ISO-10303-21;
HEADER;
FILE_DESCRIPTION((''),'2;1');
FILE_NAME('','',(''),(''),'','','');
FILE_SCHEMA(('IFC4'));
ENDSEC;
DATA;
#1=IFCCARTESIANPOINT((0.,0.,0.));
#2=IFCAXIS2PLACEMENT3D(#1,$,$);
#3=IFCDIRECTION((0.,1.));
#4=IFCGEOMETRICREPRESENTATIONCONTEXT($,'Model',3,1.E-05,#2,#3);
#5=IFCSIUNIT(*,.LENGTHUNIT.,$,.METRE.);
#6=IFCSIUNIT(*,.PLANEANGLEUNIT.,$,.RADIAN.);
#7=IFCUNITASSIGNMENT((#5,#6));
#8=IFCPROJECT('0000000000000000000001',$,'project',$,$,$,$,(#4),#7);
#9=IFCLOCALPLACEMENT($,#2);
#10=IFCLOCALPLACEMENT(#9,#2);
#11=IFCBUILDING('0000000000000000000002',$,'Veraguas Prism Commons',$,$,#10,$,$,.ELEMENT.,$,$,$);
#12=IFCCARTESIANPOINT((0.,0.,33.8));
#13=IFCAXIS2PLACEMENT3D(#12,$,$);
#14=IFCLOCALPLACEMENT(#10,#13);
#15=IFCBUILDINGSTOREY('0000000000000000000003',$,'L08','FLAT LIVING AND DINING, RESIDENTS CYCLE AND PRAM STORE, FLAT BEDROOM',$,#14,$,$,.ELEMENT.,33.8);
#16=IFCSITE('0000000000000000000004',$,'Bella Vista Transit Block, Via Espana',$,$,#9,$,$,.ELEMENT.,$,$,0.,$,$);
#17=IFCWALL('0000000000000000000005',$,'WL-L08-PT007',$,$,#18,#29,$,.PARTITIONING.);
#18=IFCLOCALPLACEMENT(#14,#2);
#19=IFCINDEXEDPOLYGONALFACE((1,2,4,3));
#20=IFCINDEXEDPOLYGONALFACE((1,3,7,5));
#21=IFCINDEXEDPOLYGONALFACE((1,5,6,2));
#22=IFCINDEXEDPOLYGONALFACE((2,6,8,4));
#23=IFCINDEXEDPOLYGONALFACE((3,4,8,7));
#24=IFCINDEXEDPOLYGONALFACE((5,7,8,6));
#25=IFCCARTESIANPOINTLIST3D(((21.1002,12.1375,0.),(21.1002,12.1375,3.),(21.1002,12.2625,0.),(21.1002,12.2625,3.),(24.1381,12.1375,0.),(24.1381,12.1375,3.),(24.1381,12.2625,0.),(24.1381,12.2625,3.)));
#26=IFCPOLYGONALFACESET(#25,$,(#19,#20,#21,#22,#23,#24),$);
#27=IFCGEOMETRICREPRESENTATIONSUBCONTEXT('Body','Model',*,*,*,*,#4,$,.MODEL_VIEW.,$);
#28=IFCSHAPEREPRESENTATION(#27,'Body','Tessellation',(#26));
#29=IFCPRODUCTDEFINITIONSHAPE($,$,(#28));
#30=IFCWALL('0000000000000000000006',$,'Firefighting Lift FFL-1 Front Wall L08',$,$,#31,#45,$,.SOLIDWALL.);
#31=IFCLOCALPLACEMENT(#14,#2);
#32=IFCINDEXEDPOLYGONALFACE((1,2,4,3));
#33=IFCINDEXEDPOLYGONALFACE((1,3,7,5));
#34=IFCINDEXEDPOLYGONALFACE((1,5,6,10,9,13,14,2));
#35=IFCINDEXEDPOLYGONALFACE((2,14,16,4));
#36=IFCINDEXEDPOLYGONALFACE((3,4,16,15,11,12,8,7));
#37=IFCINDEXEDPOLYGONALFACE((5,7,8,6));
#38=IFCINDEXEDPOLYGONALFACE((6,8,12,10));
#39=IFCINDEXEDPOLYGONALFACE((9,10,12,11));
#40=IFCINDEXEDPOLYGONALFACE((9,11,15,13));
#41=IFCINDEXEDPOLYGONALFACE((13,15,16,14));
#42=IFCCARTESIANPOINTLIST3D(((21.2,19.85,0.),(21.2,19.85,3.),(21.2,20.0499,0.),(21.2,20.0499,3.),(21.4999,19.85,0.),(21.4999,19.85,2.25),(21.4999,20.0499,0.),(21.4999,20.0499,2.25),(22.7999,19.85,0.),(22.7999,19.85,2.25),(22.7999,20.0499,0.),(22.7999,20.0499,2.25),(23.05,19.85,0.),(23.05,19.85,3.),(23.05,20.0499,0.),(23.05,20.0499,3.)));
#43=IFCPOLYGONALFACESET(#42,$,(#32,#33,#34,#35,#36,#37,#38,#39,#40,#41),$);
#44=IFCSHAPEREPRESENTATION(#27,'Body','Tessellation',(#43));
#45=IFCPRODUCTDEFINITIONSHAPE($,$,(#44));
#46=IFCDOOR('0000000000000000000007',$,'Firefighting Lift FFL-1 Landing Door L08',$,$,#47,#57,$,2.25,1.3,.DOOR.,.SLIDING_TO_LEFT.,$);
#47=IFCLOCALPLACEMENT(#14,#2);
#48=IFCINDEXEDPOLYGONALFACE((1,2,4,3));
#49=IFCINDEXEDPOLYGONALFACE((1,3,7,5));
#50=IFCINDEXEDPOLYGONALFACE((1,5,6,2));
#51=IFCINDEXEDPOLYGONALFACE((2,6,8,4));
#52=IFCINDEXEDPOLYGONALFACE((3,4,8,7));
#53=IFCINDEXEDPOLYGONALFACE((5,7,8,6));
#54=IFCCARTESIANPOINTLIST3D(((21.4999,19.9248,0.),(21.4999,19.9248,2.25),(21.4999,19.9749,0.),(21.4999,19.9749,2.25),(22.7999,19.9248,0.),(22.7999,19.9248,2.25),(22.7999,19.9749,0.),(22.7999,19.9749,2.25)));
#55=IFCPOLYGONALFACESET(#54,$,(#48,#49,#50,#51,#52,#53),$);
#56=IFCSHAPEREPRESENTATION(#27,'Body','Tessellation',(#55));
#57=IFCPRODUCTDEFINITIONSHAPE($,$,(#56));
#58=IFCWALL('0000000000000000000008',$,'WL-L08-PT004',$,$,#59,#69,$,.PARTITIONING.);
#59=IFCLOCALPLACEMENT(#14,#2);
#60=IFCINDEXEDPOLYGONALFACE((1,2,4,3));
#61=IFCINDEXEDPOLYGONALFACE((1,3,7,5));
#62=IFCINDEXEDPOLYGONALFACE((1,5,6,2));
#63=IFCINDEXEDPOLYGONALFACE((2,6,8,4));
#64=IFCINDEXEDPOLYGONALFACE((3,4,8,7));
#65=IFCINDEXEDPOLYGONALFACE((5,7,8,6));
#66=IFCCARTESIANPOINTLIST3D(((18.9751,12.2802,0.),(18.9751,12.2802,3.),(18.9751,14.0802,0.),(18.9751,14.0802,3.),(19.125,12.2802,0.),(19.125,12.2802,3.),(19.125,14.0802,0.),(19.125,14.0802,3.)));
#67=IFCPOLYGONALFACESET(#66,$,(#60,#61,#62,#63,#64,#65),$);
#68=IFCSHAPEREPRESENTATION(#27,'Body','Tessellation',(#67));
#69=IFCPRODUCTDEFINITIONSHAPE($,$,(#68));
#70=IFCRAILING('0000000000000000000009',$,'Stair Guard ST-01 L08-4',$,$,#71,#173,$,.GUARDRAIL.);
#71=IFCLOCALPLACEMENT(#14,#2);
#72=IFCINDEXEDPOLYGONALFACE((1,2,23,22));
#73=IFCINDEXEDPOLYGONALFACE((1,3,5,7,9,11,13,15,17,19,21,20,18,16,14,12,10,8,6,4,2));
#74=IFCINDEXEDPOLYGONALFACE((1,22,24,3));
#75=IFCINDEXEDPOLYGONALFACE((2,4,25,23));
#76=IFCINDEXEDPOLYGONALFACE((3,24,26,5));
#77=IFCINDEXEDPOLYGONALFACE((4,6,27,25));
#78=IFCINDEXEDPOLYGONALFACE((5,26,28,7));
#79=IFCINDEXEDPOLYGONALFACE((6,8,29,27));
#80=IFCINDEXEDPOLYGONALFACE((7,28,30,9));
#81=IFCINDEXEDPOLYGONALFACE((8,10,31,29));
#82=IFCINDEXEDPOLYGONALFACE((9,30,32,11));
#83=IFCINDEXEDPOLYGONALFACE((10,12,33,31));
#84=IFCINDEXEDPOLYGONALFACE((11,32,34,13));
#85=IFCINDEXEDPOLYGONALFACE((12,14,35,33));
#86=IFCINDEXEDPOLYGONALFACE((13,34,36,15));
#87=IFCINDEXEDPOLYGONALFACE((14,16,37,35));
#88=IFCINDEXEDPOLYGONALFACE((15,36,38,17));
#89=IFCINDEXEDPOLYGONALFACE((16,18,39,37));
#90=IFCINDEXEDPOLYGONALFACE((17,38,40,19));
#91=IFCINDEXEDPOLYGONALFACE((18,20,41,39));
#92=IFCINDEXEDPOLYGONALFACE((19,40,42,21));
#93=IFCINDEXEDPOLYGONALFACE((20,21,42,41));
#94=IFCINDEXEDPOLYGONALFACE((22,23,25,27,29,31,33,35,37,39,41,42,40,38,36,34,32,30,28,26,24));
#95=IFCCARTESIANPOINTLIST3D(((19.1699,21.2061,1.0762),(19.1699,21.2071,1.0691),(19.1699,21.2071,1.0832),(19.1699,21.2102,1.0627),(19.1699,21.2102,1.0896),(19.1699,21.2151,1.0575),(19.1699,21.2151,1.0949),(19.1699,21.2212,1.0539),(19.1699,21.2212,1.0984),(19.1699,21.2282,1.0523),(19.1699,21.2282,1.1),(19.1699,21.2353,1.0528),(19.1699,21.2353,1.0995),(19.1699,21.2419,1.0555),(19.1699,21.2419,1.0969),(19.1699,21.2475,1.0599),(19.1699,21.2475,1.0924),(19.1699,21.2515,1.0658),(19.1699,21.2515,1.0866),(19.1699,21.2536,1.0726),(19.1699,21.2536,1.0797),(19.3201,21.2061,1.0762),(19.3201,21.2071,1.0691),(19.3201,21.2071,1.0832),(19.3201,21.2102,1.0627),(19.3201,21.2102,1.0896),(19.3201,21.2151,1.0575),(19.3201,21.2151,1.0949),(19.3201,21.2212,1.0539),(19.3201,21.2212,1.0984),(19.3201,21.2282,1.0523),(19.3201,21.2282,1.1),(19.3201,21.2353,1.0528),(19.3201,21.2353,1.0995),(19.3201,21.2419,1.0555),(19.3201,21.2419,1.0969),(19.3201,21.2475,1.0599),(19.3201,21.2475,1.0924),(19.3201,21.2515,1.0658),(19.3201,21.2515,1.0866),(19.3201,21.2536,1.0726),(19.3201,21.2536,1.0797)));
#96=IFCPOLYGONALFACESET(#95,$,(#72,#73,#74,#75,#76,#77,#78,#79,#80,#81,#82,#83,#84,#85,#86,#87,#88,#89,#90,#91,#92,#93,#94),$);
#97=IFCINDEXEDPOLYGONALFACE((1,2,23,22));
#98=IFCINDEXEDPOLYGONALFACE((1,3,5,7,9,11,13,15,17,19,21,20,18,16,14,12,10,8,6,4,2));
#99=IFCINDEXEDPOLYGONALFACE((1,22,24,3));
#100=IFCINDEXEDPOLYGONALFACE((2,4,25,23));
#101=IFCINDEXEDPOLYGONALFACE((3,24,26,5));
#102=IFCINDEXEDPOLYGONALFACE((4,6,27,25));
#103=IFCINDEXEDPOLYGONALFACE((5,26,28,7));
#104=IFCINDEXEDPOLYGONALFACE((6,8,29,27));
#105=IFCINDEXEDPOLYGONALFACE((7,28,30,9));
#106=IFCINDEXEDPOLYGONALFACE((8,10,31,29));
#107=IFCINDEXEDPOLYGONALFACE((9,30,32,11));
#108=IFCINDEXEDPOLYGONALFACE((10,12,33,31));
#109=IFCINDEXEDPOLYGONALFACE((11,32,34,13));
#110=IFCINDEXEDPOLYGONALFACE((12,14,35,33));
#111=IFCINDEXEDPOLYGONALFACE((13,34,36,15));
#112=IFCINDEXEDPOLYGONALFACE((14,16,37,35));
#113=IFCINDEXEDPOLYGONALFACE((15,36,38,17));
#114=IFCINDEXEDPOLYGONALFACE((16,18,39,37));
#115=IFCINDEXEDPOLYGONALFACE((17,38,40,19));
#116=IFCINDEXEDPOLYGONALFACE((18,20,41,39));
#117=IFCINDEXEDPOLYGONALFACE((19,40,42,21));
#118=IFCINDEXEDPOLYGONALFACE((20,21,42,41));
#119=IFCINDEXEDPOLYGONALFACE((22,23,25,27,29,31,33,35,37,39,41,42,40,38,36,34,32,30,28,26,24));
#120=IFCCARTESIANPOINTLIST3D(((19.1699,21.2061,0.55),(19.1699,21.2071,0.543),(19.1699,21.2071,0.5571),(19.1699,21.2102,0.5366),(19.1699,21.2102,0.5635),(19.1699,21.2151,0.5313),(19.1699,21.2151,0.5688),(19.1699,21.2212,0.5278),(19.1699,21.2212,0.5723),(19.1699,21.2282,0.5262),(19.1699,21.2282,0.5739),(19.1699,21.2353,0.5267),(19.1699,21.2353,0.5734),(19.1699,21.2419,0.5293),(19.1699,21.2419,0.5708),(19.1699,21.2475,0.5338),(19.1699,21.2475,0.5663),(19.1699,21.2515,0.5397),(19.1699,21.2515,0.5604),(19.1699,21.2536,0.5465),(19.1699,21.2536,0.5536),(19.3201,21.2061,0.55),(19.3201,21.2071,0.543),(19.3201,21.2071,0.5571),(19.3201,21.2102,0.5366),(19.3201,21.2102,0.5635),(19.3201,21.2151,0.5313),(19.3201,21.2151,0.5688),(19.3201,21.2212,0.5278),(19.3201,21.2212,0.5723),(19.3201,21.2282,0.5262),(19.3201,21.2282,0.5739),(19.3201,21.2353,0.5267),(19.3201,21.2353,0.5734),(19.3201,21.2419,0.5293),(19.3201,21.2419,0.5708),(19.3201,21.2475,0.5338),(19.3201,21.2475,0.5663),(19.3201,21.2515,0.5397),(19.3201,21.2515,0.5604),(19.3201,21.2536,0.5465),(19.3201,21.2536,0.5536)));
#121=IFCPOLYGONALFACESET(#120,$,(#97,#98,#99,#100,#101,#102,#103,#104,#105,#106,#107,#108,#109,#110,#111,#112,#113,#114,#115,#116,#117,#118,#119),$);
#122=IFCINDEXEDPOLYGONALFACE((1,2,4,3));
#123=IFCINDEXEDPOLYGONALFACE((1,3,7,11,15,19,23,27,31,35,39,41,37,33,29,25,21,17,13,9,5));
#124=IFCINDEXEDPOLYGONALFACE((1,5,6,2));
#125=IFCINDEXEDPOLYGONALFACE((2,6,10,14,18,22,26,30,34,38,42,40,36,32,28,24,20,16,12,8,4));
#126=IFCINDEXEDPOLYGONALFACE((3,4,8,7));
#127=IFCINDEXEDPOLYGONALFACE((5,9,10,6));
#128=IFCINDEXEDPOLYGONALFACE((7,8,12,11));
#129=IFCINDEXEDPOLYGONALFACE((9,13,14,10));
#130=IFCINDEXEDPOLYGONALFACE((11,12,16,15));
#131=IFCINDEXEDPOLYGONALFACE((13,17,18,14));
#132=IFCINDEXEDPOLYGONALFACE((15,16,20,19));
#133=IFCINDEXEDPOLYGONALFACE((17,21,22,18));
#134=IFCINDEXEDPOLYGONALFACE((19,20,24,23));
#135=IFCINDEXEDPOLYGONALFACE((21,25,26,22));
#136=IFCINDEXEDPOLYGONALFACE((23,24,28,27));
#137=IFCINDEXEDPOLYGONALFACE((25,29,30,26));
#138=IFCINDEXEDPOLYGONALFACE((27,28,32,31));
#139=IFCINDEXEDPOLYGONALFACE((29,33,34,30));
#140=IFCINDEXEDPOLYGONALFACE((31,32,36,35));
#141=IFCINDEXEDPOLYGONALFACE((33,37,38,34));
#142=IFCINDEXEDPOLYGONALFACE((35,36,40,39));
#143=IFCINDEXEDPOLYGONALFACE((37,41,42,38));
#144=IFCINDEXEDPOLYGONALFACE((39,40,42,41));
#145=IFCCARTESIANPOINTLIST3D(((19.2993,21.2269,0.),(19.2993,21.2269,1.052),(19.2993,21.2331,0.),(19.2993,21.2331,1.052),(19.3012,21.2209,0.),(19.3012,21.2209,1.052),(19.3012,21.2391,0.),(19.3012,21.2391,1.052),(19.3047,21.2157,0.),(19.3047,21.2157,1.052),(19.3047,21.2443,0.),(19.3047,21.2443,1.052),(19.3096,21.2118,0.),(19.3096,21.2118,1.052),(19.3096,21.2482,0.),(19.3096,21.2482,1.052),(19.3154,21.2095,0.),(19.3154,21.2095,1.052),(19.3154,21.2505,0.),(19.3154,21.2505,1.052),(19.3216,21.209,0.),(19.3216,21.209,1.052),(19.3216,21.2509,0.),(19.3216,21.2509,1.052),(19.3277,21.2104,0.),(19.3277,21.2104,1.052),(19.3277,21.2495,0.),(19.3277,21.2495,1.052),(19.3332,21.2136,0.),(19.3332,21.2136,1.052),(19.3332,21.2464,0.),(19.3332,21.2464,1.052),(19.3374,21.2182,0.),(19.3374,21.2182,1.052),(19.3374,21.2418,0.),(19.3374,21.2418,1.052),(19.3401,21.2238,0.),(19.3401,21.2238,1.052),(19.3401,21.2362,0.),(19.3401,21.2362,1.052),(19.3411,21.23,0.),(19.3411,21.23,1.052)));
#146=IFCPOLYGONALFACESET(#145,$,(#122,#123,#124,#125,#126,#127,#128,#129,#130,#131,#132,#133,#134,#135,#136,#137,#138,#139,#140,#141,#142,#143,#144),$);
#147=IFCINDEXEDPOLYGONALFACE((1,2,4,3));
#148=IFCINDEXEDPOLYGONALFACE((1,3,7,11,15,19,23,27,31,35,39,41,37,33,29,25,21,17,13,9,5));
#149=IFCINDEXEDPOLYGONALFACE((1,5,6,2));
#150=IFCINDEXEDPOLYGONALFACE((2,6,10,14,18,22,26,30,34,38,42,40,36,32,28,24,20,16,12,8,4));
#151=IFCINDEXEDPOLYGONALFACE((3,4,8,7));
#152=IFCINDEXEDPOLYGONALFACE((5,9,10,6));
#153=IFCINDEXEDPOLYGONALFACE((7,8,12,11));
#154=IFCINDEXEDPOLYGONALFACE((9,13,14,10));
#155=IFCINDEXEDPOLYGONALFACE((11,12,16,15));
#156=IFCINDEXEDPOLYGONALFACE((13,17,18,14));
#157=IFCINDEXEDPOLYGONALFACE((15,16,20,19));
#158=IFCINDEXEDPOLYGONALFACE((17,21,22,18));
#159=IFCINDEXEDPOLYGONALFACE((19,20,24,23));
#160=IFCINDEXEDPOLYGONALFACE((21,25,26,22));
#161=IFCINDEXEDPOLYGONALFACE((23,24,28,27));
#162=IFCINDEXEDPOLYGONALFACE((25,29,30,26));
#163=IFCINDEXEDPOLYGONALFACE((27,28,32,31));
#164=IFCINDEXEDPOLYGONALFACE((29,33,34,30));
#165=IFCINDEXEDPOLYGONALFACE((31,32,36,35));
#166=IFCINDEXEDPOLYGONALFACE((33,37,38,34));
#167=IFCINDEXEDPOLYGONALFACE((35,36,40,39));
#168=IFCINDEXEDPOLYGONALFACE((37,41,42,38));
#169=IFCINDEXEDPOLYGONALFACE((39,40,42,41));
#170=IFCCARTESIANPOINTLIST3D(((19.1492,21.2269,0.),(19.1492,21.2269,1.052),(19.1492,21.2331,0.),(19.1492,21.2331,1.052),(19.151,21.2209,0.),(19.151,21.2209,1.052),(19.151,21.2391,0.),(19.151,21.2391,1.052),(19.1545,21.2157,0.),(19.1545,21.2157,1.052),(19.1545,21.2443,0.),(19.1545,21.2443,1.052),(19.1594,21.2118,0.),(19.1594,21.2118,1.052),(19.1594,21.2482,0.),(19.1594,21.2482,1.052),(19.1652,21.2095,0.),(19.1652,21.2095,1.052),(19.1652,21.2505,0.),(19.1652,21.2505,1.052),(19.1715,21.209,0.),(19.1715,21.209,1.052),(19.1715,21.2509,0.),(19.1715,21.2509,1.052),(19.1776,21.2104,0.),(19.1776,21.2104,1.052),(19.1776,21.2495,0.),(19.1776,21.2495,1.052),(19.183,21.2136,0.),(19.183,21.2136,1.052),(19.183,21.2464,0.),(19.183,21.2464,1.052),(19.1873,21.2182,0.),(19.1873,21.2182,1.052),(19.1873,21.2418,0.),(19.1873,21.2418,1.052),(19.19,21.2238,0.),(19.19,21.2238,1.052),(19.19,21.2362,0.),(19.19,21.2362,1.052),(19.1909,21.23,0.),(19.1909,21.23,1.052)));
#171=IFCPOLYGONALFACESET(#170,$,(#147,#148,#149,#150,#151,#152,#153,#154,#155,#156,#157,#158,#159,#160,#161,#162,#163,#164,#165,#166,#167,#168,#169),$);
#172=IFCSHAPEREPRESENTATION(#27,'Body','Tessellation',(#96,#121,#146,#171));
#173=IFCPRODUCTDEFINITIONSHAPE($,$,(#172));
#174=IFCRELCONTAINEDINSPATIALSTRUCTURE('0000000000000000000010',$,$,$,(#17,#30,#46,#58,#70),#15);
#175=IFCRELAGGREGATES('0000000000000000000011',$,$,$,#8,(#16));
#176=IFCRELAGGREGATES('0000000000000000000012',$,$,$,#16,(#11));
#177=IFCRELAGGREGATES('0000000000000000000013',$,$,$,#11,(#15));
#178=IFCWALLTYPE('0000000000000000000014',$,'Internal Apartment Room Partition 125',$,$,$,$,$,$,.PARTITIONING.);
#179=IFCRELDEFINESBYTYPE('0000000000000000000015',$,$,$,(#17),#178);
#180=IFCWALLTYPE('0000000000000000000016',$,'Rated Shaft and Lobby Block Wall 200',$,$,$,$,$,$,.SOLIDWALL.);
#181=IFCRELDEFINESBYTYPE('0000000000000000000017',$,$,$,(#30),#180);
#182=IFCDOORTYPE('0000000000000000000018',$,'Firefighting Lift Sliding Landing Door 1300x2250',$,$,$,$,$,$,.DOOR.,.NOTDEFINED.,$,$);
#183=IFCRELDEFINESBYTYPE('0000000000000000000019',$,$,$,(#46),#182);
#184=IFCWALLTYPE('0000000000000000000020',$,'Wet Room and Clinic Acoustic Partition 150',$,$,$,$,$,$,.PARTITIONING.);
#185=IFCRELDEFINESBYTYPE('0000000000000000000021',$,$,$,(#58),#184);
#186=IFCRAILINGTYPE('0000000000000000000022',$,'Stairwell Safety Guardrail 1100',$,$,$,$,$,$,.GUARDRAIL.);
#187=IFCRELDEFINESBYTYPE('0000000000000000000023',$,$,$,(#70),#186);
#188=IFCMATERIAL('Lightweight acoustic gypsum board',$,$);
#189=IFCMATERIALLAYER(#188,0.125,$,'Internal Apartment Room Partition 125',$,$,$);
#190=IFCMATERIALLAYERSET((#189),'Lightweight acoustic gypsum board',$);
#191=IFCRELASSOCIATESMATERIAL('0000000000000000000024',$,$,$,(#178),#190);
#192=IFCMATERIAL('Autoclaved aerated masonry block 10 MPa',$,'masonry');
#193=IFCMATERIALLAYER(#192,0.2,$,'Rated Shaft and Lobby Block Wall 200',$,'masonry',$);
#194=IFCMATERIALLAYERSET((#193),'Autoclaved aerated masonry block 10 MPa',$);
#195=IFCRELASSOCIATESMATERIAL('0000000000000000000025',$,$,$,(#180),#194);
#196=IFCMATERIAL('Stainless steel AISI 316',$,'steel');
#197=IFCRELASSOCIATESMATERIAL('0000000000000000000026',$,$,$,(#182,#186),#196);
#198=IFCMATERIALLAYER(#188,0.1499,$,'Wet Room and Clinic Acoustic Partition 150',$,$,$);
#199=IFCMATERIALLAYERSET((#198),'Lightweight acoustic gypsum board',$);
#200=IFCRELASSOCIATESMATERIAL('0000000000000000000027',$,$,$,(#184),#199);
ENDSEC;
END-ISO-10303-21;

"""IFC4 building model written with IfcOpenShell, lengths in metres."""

from ifc_helpers import new_model, si_unit, direction, frame, frame_2d, origin, origin_2d, place, context, subcontext, project, spatial, rectangle, circle, extrude, source, transform, mapped, material, layer, layer_set, type_object, element, fill, save


model = new_model("IFC4")

# Units and contexts
model_context = context("Model", 3, precision=1e-05, world=origin(), true_north=direction((0.0, 1.0)))
body_context = subcontext(model_context, "Body", "Model", "MODEL_VIEW")
ifc_project = project(units=[si_unit("LENGTHUNIT", "METRE"), si_unit("PLANEANGLEUNIT", "RADIAN")], contexts=[model_context])

# Site, building, storey
site_placement = place(None, origin())
site = spatial("IfcSite", under=ifc_project, at=site_placement, Name="Bella Vista Transit Block, Via Espana", CompositionType="ELEMENT", RefElevation=0.0)
building_placement = place(site_placement, origin())
building = spatial("IfcBuilding", under=site, at=building_placement, Name="Veraguas Prism Commons", CompositionType="ELEMENT")
storey_placement = place(building_placement, frame((0.0, 0.0, 33.8)))
storey = spatial("IfcBuildingStorey", under=building, at=storey_placement, Name="L08", Description="FLAT LIVING AND DINING, RESIDENTS CYCLE AND PRAM STORE, FLAT BEDROOM", CompositionType="ELEMENT", Elevation=33.8)

# Shared definitions
ifc_material_1 = material(Name="Autoclaved aerated masonry block 10 MPa", Category="masonry")

# Shared definitions
ifc_material_2 = material(Name="Lightweight acoustic gypsum board")
ifc_layer_1 = layer(ifc_material_2, 0.125, Name="Internal Apartment Room Partition 125")
ifc_layer_set_1 = layer_set([ifc_layer_1], Name="Lightweight acoustic gypsum board")
wall_type_1 = type_object("IfcWallType", Name="Internal Apartment Room Partition 125", PredefinedType="PARTITIONING", material=ifc_layer_set_1)

# Wall
wall_1_placement = place(storey_placement, frame((21.1001, 12.2, 0.0), z_axis=(0.0, 0.0, 1.0), x_axis=(1.0, 0.0, 0.0)))
element("IfcWall", 1, at=wall_1_placement, inside=storey, type_object=wall_type_1, Name="WL-L08-PT007", PredefinedType="PARTITIONING", context=body_context, shape_type="SweptSolid", body=[
    extrude(rectangle(XDim=3.0378, YDim=0.125, at=frame_2d((1.519, 0.0))), origin(), (0.0, 0.0, 1.0), 3.0),
])

# Wall, opening, door
ifc_layer_2 = layer(ifc_material_1, 0.2, Name="Rated Shaft and Lobby Block Wall 200", Category="masonry")
ifc_layer_set_2 = layer_set([ifc_layer_2], Name="Autoclaved aerated masonry block 10 MPa")
wall_type_2 = type_object("IfcWallType", Name="Rated Shaft and Lobby Block Wall 200", PredefinedType="SOLIDWALL", material=ifc_layer_set_2)
wall_2_placement = place(storey_placement, frame((21.2, 19.95, 0.0), z_axis=(0.0, 0.0, 1.0), x_axis=(1.0, 0.0, 0.0)))
wall_2 = element("IfcWall", 2, at=wall_2_placement, inside=storey, type_object=wall_type_2, Name="Firefighting Lift FFL-1 Front Wall L08", PredefinedType="SOLIDWALL", context=body_context, shape_type="SweptSolid", body=[
    extrude(rectangle(XDim=1.8501, YDim=0.2, at=frame_2d((0.925, 0.0))), origin(), (0.0, 0.0, 1.0), 3.0),
])
opening_1_placement = place(wall_2_placement, frame((0.3, 0.0, 0.0)))
opening_1 = element("IfcOpeningElement", 3, at=opening_1_placement, cuts=wall_2, PredefinedType="OPENING", context=body_context, shape_type="SweptSolid", body=[
    extrude(rectangle(XDim=1.3, YDim=2.25, at=frame_2d((0.6499, 1.125))), frame((0.0, 0.1099, 0.0), z_axis=(0.0, -1.0, 0.0), x_axis=(1.0, 0.0, 0.0)), (0.0, 0.0, 1.0), 0.22),
])
ifc_material_3 = material(Name="Stainless steel AISI 316", Category="steel")
door_type_1 = type_object("IfcDoorType", Name="Firefighting Lift Sliding Landing Door 1300x2250", OperationType="NOTDEFINED", PredefinedType="DOOR", material=ifc_material_3)
shared_shape_1 = source(origin(), body_context, "Body", "SweptSolid", [
    extrude(rectangle(XDim=1.3, YDim=2.25, at=frame_2d((0.6499, 1.125))), frame((0.0, 0.0249, 0.0), z_axis=(0.0, -1.0, 0.0), x_axis=(1.0, 0.0, 0.0)), (0.0, 0.0, 1.0), 0.05),
])
door_1_placement = place(opening_1_placement, origin())
door_1 = element("IfcDoor", 4, at=door_1_placement, inside=storey, type_object=door_type_1, Name="Firefighting Lift FFL-1 Landing Door L08", OperationType="SLIDING_TO_LEFT", OverallHeight=2.25, OverallWidth=1.3, PredefinedType="DOOR", context=body_context, shape_type="MappedRepresentation", body=[
    mapped(shared_shape_1, transform((0.0, 0.0, 0.0), scale=1.0)),
])
fill(opening_1, door_1)

# Wall
ifc_layer_3 = layer(ifc_material_2, 0.1499, Name="Wet Room and Clinic Acoustic Partition 150")
ifc_layer_set_3 = layer_set([ifc_layer_3], Name="Lightweight acoustic gypsum board")
wall_type_3 = type_object("IfcWallType", Name="Wet Room and Clinic Acoustic Partition 150", PredefinedType="PARTITIONING", material=ifc_layer_set_3)
wall_3_placement = place(storey_placement, frame((19.05, 14.0801, 0.0), z_axis=(0.0, 0.0, 1.0), x_axis=(0.0, -1.0, 0.0)))
element("IfcWall", 5, at=wall_3_placement, inside=storey, type_object=wall_type_3, Name="WL-L08-PT004", PredefinedType="PARTITIONING", context=body_context, shape_type="SweptSolid", body=[
    extrude(rectangle(XDim=1.8, YDim=0.1499, at=frame_2d((0.8999, 0.0))), origin(), (0.0, 0.0, 1.0), 3.0),
])

# Railing
railing_type = type_object("IfcRailingType", Name="Stairwell Safety Guardrail 1100", PredefinedType="GUARDRAIL", material=ifc_material_3)
railing_placement = place(storey_placement, frame((19.3201, 21.23, 0.0)))
element("IfcRailing", 6, at=railing_placement, inside=storey, type_object=railing_type, Name="Stair Guard ST-01 L08-4", PredefinedType="GUARDRAIL", context=body_context, shape_type="SweptSolid", body=[
    extrude(circle(Radius=0.0239, at=origin_2d()), frame((0.0, 0.0, 1.0762), z_axis=(-1.0, 0.0, 0.0), x_axis=(0.0, -1.0, 0.0)), (0.0, 0.0, 1.0), 0.1501),
    extrude(circle(Radius=0.0239, at=origin_2d()), frame((0.0, 0.0, 0.55), z_axis=(-1.0, 0.0, 0.0), x_axis=(0.0, -1.0, 0.0)), (0.0, 0.0, 1.0), 0.1501),
    extrude(circle(Radius=0.021, at=origin_2d()), origin(), (0.0, 0.0, 1.0), 1.052),
    extrude(circle(Radius=0.021, at=origin_2d()), frame((-0.1501, 0.0, 0.0)), (0.0, 0.0, 1.0), 1.052),
])

save(model, "model.ifc")
